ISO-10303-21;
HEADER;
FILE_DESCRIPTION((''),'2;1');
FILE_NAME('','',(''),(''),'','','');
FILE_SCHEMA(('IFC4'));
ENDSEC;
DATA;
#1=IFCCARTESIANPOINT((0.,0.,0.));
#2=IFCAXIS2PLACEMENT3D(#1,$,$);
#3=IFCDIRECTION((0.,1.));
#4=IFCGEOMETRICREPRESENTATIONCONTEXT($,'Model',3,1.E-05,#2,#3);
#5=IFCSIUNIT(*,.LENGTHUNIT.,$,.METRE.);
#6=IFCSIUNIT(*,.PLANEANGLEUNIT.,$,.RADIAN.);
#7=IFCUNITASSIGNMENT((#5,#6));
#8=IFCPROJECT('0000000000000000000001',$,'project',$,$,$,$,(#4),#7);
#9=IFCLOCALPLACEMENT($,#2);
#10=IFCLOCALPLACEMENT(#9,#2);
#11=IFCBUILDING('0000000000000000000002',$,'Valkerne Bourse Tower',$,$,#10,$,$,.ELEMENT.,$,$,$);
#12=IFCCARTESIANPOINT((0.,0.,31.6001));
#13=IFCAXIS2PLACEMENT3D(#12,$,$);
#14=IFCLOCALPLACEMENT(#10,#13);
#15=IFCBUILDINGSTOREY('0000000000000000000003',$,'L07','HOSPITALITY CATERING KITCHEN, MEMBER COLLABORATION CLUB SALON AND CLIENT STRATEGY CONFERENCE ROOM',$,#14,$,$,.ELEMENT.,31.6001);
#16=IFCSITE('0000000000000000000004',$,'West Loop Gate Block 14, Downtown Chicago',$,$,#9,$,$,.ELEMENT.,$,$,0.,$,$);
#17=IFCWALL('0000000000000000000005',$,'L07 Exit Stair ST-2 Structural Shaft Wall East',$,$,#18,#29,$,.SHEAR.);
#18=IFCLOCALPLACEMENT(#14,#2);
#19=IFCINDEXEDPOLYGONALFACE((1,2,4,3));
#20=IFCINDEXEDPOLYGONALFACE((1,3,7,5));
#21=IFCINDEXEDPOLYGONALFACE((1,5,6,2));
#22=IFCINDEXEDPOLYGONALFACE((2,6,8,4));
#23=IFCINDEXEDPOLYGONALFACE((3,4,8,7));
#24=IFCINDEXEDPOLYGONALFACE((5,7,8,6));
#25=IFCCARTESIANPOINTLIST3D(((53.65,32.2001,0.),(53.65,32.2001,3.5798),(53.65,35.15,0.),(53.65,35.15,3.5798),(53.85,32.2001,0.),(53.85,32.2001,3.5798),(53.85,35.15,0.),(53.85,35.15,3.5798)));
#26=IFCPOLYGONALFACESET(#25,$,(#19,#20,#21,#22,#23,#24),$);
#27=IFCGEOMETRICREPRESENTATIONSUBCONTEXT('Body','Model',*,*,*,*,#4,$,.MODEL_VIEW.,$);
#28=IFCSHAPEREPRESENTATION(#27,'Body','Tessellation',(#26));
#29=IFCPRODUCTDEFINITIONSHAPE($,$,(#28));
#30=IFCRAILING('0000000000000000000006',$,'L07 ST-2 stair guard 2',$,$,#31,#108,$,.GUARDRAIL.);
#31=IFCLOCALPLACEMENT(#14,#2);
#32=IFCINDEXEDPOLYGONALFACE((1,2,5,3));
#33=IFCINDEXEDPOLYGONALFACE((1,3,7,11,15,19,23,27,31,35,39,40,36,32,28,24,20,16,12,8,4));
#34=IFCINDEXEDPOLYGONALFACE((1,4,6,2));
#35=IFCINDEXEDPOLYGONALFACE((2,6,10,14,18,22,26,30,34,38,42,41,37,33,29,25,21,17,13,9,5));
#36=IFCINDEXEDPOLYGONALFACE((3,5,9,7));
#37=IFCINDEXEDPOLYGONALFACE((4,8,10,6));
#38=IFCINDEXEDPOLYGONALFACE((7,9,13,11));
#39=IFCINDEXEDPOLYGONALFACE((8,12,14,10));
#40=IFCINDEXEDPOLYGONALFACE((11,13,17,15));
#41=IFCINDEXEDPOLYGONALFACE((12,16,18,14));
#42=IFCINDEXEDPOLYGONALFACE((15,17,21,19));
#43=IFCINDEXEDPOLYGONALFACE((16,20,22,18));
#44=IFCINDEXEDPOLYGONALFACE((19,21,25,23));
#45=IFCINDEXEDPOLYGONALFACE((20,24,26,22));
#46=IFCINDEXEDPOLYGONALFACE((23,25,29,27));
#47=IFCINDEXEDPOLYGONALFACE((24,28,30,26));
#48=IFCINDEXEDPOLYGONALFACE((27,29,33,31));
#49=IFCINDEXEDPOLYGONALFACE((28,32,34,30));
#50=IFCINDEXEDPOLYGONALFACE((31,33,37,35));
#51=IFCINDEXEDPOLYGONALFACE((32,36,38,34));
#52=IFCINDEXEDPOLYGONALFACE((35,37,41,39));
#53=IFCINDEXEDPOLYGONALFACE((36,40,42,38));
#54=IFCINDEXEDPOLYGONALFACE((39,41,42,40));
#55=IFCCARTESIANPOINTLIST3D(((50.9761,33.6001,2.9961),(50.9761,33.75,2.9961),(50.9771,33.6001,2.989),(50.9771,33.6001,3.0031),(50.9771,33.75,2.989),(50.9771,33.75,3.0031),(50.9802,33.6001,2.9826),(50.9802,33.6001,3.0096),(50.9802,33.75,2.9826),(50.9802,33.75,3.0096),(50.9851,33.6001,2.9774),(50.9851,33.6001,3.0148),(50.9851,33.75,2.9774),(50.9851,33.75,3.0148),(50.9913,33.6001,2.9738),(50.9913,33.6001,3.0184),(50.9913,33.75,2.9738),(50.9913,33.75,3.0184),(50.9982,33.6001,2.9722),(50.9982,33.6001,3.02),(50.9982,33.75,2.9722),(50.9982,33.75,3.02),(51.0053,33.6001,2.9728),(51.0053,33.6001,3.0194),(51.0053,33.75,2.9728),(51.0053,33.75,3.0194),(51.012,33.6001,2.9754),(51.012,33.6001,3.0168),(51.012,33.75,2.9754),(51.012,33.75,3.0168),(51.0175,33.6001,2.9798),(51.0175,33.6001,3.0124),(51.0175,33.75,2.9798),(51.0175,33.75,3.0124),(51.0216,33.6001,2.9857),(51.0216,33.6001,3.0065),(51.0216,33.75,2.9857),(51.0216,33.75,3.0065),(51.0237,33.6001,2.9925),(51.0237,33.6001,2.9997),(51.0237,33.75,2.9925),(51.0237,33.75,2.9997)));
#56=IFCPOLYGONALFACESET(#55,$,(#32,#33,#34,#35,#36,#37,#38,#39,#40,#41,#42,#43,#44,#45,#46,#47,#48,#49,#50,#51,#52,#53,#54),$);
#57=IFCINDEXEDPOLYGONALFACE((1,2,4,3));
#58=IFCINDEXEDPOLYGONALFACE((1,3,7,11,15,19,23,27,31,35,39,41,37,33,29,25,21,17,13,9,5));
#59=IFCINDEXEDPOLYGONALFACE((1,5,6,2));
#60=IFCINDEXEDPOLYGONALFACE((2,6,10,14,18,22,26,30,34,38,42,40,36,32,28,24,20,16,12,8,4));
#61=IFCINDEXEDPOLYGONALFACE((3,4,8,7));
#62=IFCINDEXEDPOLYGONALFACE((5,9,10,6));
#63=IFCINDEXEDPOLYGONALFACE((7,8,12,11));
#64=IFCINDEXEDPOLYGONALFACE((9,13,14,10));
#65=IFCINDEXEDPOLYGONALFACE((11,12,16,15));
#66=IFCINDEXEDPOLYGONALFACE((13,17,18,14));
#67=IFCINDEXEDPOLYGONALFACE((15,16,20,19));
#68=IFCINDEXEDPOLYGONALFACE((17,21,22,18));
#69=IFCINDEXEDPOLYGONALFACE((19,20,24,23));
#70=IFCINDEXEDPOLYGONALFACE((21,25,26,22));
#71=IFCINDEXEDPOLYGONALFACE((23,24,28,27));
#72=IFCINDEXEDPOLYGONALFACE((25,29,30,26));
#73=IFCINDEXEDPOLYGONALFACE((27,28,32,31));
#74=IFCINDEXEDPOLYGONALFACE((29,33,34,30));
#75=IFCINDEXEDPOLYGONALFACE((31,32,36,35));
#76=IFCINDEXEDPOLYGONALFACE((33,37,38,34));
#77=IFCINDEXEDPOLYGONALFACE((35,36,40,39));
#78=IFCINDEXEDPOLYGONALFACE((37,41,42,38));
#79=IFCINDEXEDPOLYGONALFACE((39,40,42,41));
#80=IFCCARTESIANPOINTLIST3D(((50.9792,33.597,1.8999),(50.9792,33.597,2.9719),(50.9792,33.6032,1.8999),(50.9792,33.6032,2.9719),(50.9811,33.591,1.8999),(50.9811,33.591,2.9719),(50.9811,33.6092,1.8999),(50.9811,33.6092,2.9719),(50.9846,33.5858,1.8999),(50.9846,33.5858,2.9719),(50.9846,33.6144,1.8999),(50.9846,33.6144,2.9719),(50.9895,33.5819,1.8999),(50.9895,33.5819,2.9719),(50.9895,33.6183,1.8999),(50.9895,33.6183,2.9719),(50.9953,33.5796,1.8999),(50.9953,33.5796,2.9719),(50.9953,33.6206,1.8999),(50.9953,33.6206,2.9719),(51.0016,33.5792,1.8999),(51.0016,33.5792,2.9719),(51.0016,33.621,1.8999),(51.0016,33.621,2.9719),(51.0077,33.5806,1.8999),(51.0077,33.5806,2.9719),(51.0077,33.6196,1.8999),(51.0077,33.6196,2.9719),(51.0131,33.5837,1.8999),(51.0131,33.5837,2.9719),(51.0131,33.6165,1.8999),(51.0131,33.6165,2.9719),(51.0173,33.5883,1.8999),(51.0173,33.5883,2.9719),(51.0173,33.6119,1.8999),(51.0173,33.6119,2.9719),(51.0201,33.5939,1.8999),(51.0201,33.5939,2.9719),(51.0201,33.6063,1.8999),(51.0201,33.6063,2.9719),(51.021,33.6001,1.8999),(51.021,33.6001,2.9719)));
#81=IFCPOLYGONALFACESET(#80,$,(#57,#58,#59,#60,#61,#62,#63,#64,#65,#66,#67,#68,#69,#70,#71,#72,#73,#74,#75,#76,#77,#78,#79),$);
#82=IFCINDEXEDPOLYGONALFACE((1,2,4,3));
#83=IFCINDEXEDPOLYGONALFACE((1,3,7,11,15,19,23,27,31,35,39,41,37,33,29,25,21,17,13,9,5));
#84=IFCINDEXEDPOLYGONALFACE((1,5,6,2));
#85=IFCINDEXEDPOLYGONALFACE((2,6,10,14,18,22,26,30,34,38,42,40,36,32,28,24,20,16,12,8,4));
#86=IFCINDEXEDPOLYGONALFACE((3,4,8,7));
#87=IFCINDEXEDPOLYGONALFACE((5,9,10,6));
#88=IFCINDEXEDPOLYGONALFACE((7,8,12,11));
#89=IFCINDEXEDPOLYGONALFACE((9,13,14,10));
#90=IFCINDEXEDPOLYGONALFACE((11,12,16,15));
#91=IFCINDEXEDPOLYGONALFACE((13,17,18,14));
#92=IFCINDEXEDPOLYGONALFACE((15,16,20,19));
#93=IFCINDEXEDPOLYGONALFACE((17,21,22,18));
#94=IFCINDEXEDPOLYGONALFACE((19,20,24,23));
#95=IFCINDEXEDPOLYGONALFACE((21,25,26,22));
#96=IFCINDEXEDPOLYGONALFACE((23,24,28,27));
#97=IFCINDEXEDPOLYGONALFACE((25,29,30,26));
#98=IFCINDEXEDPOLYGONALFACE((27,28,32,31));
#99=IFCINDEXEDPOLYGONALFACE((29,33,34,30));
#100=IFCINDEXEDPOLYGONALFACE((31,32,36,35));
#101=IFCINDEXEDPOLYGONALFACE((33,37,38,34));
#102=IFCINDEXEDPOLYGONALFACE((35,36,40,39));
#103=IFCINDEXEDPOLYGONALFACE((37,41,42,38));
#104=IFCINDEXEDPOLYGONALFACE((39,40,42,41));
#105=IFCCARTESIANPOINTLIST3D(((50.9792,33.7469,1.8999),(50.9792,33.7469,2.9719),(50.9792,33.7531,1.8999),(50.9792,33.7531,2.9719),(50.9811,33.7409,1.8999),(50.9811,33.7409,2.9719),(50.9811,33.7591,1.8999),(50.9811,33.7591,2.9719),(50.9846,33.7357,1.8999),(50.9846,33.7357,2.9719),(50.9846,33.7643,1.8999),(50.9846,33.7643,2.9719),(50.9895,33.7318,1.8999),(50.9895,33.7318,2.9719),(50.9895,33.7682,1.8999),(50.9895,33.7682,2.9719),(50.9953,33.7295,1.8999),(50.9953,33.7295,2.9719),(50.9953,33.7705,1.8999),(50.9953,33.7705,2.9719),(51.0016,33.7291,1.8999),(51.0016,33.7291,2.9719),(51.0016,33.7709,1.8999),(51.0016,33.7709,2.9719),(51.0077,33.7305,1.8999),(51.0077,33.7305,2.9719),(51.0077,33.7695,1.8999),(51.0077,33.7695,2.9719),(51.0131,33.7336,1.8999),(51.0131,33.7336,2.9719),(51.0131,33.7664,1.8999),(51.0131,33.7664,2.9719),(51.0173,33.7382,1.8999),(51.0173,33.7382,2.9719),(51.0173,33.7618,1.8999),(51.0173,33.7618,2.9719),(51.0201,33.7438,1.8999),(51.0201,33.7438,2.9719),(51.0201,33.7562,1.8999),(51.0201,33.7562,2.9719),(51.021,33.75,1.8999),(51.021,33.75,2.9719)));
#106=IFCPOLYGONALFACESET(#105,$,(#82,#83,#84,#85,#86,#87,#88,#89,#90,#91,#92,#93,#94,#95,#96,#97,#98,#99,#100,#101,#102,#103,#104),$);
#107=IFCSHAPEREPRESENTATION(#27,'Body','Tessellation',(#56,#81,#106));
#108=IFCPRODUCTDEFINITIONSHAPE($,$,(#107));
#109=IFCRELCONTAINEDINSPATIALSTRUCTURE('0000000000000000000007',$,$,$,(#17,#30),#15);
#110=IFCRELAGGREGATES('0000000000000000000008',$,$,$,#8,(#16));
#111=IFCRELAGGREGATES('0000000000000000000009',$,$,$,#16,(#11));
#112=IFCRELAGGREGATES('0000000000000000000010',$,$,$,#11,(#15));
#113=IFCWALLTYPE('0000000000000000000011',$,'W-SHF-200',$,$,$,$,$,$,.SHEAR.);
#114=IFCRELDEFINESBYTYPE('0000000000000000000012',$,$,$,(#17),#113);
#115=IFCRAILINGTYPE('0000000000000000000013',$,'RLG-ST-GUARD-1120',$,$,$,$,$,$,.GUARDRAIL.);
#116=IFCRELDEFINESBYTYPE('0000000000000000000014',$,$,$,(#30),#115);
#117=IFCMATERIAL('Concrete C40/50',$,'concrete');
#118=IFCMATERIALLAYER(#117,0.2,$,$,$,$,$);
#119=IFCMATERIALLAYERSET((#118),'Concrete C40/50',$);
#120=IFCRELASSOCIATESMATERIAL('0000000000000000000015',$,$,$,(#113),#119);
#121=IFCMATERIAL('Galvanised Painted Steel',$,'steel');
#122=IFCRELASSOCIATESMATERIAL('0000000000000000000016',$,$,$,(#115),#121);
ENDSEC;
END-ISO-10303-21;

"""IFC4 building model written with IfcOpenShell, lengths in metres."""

from ifc_helpers import new_model, si_unit, direction, frame, frame_2d, origin, origin_2d, place, context, subcontext, project, spatial, rectangle, circle, extrude, material, layer, layer_set, type_object, element, save


model = new_model("IFC4")

# Units and contexts
model_context = context("Model", 3, precision=1e-05, world=origin(), true_north=direction((0.0, 1.0)))
body_context = subcontext(model_context, "Body", "Model", "MODEL_VIEW")
ifc_project = project(units=[si_unit("LENGTHUNIT", "METRE"), si_unit("PLANEANGLEUNIT", "RADIAN")], contexts=[model_context])

# Site, building, storey
site_placement = place(None, origin())
site = spatial("IfcSite", under=ifc_project, at=site_placement, Name="West Loop Gate Block 14, Downtown Chicago", CompositionType="ELEMENT", RefElevation=0.0)
building_placement = place(site_placement, origin())
building = spatial("IfcBuilding", under=site, at=building_placement, Name="Valkerne Bourse Tower", CompositionType="ELEMENT")
storey_placement = place(building_placement, frame((0.0, 0.0, 31.6001)))
storey = spatial("IfcBuildingStorey", under=building, at=storey_placement, Name="L07", Description="HOSPITALITY CATERING KITCHEN, MEMBER COLLABORATION CLUB SALON AND CLIENT STRATEGY CONFERENCE ROOM", CompositionType="ELEMENT", Elevation=31.6001)

# Wall
ifc_material_1 = material(Name="Concrete C40/50", Category="concrete")
ifc_layer_1 = layer(ifc_material_1, 0.2)
ifc_layer_set_1 = layer_set([ifc_layer_1], Name="Concrete C40/50")
wall_type_1 = type_object("IfcWallType", Name="W-SHF-200", PredefinedType="SHEAR", material=ifc_layer_set_1)
wall_1_placement = place(storey_placement, frame((53.75, 32.2, 0.0), z_axis=(0.0, 0.0, 1.0), x_axis=(0.0, 1.0, 0.0)))
element("IfcWall", 1, at=wall_1_placement, inside=storey, type_object=wall_type_1, Name="L07 Exit Stair ST-2 Structural Shaft Wall East", PredefinedType="SHEAR", context=body_context, shape_type="SweptSolid", body=[
    extrude(rectangle(XDim=2.95, YDim=0.2, at=frame_2d((1.4751, 0.0))), origin(), (0.0, 0.0, 1.0), 3.5798),
])

# Railing
ifc_material_2 = material(Name="Galvanised Painted Steel", Category="steel")
railing_type_1 = type_object("IfcRailingType", Name="RLG-ST-GUARD-1120", PredefinedType="GUARDRAIL", material=ifc_material_2)
railing_1_placement = place(storey_placement, frame((51.0, 33.6001, 1.8999)))
element("IfcRailing", 2, at=railing_1_placement, inside=storey, type_object=railing_type_1, Name="L07 ST-2 stair guard 2", PredefinedType="GUARDRAIL", context=body_context, shape_type="SweptSolid", body=[
    extrude(circle(Radius=0.0239, at=origin_2d()), frame((0.0, 0.0, 1.0962), z_axis=(0.0, 1.0, 0.0), x_axis=(-1.0, 0.0, 0.0)), (0.0, 0.0, 1.0), 0.1499),
    extrude(circle(Radius=0.021, at=origin_2d()), origin(), (0.0, 0.0, 1.0), 1.072),
    extrude(circle(Radius=0.021, at=origin_2d()), frame((0.0, 0.1499, 0.0)), (0.0, 0.0, 1.0), 1.072),
])

save(model, "model.ifc")
